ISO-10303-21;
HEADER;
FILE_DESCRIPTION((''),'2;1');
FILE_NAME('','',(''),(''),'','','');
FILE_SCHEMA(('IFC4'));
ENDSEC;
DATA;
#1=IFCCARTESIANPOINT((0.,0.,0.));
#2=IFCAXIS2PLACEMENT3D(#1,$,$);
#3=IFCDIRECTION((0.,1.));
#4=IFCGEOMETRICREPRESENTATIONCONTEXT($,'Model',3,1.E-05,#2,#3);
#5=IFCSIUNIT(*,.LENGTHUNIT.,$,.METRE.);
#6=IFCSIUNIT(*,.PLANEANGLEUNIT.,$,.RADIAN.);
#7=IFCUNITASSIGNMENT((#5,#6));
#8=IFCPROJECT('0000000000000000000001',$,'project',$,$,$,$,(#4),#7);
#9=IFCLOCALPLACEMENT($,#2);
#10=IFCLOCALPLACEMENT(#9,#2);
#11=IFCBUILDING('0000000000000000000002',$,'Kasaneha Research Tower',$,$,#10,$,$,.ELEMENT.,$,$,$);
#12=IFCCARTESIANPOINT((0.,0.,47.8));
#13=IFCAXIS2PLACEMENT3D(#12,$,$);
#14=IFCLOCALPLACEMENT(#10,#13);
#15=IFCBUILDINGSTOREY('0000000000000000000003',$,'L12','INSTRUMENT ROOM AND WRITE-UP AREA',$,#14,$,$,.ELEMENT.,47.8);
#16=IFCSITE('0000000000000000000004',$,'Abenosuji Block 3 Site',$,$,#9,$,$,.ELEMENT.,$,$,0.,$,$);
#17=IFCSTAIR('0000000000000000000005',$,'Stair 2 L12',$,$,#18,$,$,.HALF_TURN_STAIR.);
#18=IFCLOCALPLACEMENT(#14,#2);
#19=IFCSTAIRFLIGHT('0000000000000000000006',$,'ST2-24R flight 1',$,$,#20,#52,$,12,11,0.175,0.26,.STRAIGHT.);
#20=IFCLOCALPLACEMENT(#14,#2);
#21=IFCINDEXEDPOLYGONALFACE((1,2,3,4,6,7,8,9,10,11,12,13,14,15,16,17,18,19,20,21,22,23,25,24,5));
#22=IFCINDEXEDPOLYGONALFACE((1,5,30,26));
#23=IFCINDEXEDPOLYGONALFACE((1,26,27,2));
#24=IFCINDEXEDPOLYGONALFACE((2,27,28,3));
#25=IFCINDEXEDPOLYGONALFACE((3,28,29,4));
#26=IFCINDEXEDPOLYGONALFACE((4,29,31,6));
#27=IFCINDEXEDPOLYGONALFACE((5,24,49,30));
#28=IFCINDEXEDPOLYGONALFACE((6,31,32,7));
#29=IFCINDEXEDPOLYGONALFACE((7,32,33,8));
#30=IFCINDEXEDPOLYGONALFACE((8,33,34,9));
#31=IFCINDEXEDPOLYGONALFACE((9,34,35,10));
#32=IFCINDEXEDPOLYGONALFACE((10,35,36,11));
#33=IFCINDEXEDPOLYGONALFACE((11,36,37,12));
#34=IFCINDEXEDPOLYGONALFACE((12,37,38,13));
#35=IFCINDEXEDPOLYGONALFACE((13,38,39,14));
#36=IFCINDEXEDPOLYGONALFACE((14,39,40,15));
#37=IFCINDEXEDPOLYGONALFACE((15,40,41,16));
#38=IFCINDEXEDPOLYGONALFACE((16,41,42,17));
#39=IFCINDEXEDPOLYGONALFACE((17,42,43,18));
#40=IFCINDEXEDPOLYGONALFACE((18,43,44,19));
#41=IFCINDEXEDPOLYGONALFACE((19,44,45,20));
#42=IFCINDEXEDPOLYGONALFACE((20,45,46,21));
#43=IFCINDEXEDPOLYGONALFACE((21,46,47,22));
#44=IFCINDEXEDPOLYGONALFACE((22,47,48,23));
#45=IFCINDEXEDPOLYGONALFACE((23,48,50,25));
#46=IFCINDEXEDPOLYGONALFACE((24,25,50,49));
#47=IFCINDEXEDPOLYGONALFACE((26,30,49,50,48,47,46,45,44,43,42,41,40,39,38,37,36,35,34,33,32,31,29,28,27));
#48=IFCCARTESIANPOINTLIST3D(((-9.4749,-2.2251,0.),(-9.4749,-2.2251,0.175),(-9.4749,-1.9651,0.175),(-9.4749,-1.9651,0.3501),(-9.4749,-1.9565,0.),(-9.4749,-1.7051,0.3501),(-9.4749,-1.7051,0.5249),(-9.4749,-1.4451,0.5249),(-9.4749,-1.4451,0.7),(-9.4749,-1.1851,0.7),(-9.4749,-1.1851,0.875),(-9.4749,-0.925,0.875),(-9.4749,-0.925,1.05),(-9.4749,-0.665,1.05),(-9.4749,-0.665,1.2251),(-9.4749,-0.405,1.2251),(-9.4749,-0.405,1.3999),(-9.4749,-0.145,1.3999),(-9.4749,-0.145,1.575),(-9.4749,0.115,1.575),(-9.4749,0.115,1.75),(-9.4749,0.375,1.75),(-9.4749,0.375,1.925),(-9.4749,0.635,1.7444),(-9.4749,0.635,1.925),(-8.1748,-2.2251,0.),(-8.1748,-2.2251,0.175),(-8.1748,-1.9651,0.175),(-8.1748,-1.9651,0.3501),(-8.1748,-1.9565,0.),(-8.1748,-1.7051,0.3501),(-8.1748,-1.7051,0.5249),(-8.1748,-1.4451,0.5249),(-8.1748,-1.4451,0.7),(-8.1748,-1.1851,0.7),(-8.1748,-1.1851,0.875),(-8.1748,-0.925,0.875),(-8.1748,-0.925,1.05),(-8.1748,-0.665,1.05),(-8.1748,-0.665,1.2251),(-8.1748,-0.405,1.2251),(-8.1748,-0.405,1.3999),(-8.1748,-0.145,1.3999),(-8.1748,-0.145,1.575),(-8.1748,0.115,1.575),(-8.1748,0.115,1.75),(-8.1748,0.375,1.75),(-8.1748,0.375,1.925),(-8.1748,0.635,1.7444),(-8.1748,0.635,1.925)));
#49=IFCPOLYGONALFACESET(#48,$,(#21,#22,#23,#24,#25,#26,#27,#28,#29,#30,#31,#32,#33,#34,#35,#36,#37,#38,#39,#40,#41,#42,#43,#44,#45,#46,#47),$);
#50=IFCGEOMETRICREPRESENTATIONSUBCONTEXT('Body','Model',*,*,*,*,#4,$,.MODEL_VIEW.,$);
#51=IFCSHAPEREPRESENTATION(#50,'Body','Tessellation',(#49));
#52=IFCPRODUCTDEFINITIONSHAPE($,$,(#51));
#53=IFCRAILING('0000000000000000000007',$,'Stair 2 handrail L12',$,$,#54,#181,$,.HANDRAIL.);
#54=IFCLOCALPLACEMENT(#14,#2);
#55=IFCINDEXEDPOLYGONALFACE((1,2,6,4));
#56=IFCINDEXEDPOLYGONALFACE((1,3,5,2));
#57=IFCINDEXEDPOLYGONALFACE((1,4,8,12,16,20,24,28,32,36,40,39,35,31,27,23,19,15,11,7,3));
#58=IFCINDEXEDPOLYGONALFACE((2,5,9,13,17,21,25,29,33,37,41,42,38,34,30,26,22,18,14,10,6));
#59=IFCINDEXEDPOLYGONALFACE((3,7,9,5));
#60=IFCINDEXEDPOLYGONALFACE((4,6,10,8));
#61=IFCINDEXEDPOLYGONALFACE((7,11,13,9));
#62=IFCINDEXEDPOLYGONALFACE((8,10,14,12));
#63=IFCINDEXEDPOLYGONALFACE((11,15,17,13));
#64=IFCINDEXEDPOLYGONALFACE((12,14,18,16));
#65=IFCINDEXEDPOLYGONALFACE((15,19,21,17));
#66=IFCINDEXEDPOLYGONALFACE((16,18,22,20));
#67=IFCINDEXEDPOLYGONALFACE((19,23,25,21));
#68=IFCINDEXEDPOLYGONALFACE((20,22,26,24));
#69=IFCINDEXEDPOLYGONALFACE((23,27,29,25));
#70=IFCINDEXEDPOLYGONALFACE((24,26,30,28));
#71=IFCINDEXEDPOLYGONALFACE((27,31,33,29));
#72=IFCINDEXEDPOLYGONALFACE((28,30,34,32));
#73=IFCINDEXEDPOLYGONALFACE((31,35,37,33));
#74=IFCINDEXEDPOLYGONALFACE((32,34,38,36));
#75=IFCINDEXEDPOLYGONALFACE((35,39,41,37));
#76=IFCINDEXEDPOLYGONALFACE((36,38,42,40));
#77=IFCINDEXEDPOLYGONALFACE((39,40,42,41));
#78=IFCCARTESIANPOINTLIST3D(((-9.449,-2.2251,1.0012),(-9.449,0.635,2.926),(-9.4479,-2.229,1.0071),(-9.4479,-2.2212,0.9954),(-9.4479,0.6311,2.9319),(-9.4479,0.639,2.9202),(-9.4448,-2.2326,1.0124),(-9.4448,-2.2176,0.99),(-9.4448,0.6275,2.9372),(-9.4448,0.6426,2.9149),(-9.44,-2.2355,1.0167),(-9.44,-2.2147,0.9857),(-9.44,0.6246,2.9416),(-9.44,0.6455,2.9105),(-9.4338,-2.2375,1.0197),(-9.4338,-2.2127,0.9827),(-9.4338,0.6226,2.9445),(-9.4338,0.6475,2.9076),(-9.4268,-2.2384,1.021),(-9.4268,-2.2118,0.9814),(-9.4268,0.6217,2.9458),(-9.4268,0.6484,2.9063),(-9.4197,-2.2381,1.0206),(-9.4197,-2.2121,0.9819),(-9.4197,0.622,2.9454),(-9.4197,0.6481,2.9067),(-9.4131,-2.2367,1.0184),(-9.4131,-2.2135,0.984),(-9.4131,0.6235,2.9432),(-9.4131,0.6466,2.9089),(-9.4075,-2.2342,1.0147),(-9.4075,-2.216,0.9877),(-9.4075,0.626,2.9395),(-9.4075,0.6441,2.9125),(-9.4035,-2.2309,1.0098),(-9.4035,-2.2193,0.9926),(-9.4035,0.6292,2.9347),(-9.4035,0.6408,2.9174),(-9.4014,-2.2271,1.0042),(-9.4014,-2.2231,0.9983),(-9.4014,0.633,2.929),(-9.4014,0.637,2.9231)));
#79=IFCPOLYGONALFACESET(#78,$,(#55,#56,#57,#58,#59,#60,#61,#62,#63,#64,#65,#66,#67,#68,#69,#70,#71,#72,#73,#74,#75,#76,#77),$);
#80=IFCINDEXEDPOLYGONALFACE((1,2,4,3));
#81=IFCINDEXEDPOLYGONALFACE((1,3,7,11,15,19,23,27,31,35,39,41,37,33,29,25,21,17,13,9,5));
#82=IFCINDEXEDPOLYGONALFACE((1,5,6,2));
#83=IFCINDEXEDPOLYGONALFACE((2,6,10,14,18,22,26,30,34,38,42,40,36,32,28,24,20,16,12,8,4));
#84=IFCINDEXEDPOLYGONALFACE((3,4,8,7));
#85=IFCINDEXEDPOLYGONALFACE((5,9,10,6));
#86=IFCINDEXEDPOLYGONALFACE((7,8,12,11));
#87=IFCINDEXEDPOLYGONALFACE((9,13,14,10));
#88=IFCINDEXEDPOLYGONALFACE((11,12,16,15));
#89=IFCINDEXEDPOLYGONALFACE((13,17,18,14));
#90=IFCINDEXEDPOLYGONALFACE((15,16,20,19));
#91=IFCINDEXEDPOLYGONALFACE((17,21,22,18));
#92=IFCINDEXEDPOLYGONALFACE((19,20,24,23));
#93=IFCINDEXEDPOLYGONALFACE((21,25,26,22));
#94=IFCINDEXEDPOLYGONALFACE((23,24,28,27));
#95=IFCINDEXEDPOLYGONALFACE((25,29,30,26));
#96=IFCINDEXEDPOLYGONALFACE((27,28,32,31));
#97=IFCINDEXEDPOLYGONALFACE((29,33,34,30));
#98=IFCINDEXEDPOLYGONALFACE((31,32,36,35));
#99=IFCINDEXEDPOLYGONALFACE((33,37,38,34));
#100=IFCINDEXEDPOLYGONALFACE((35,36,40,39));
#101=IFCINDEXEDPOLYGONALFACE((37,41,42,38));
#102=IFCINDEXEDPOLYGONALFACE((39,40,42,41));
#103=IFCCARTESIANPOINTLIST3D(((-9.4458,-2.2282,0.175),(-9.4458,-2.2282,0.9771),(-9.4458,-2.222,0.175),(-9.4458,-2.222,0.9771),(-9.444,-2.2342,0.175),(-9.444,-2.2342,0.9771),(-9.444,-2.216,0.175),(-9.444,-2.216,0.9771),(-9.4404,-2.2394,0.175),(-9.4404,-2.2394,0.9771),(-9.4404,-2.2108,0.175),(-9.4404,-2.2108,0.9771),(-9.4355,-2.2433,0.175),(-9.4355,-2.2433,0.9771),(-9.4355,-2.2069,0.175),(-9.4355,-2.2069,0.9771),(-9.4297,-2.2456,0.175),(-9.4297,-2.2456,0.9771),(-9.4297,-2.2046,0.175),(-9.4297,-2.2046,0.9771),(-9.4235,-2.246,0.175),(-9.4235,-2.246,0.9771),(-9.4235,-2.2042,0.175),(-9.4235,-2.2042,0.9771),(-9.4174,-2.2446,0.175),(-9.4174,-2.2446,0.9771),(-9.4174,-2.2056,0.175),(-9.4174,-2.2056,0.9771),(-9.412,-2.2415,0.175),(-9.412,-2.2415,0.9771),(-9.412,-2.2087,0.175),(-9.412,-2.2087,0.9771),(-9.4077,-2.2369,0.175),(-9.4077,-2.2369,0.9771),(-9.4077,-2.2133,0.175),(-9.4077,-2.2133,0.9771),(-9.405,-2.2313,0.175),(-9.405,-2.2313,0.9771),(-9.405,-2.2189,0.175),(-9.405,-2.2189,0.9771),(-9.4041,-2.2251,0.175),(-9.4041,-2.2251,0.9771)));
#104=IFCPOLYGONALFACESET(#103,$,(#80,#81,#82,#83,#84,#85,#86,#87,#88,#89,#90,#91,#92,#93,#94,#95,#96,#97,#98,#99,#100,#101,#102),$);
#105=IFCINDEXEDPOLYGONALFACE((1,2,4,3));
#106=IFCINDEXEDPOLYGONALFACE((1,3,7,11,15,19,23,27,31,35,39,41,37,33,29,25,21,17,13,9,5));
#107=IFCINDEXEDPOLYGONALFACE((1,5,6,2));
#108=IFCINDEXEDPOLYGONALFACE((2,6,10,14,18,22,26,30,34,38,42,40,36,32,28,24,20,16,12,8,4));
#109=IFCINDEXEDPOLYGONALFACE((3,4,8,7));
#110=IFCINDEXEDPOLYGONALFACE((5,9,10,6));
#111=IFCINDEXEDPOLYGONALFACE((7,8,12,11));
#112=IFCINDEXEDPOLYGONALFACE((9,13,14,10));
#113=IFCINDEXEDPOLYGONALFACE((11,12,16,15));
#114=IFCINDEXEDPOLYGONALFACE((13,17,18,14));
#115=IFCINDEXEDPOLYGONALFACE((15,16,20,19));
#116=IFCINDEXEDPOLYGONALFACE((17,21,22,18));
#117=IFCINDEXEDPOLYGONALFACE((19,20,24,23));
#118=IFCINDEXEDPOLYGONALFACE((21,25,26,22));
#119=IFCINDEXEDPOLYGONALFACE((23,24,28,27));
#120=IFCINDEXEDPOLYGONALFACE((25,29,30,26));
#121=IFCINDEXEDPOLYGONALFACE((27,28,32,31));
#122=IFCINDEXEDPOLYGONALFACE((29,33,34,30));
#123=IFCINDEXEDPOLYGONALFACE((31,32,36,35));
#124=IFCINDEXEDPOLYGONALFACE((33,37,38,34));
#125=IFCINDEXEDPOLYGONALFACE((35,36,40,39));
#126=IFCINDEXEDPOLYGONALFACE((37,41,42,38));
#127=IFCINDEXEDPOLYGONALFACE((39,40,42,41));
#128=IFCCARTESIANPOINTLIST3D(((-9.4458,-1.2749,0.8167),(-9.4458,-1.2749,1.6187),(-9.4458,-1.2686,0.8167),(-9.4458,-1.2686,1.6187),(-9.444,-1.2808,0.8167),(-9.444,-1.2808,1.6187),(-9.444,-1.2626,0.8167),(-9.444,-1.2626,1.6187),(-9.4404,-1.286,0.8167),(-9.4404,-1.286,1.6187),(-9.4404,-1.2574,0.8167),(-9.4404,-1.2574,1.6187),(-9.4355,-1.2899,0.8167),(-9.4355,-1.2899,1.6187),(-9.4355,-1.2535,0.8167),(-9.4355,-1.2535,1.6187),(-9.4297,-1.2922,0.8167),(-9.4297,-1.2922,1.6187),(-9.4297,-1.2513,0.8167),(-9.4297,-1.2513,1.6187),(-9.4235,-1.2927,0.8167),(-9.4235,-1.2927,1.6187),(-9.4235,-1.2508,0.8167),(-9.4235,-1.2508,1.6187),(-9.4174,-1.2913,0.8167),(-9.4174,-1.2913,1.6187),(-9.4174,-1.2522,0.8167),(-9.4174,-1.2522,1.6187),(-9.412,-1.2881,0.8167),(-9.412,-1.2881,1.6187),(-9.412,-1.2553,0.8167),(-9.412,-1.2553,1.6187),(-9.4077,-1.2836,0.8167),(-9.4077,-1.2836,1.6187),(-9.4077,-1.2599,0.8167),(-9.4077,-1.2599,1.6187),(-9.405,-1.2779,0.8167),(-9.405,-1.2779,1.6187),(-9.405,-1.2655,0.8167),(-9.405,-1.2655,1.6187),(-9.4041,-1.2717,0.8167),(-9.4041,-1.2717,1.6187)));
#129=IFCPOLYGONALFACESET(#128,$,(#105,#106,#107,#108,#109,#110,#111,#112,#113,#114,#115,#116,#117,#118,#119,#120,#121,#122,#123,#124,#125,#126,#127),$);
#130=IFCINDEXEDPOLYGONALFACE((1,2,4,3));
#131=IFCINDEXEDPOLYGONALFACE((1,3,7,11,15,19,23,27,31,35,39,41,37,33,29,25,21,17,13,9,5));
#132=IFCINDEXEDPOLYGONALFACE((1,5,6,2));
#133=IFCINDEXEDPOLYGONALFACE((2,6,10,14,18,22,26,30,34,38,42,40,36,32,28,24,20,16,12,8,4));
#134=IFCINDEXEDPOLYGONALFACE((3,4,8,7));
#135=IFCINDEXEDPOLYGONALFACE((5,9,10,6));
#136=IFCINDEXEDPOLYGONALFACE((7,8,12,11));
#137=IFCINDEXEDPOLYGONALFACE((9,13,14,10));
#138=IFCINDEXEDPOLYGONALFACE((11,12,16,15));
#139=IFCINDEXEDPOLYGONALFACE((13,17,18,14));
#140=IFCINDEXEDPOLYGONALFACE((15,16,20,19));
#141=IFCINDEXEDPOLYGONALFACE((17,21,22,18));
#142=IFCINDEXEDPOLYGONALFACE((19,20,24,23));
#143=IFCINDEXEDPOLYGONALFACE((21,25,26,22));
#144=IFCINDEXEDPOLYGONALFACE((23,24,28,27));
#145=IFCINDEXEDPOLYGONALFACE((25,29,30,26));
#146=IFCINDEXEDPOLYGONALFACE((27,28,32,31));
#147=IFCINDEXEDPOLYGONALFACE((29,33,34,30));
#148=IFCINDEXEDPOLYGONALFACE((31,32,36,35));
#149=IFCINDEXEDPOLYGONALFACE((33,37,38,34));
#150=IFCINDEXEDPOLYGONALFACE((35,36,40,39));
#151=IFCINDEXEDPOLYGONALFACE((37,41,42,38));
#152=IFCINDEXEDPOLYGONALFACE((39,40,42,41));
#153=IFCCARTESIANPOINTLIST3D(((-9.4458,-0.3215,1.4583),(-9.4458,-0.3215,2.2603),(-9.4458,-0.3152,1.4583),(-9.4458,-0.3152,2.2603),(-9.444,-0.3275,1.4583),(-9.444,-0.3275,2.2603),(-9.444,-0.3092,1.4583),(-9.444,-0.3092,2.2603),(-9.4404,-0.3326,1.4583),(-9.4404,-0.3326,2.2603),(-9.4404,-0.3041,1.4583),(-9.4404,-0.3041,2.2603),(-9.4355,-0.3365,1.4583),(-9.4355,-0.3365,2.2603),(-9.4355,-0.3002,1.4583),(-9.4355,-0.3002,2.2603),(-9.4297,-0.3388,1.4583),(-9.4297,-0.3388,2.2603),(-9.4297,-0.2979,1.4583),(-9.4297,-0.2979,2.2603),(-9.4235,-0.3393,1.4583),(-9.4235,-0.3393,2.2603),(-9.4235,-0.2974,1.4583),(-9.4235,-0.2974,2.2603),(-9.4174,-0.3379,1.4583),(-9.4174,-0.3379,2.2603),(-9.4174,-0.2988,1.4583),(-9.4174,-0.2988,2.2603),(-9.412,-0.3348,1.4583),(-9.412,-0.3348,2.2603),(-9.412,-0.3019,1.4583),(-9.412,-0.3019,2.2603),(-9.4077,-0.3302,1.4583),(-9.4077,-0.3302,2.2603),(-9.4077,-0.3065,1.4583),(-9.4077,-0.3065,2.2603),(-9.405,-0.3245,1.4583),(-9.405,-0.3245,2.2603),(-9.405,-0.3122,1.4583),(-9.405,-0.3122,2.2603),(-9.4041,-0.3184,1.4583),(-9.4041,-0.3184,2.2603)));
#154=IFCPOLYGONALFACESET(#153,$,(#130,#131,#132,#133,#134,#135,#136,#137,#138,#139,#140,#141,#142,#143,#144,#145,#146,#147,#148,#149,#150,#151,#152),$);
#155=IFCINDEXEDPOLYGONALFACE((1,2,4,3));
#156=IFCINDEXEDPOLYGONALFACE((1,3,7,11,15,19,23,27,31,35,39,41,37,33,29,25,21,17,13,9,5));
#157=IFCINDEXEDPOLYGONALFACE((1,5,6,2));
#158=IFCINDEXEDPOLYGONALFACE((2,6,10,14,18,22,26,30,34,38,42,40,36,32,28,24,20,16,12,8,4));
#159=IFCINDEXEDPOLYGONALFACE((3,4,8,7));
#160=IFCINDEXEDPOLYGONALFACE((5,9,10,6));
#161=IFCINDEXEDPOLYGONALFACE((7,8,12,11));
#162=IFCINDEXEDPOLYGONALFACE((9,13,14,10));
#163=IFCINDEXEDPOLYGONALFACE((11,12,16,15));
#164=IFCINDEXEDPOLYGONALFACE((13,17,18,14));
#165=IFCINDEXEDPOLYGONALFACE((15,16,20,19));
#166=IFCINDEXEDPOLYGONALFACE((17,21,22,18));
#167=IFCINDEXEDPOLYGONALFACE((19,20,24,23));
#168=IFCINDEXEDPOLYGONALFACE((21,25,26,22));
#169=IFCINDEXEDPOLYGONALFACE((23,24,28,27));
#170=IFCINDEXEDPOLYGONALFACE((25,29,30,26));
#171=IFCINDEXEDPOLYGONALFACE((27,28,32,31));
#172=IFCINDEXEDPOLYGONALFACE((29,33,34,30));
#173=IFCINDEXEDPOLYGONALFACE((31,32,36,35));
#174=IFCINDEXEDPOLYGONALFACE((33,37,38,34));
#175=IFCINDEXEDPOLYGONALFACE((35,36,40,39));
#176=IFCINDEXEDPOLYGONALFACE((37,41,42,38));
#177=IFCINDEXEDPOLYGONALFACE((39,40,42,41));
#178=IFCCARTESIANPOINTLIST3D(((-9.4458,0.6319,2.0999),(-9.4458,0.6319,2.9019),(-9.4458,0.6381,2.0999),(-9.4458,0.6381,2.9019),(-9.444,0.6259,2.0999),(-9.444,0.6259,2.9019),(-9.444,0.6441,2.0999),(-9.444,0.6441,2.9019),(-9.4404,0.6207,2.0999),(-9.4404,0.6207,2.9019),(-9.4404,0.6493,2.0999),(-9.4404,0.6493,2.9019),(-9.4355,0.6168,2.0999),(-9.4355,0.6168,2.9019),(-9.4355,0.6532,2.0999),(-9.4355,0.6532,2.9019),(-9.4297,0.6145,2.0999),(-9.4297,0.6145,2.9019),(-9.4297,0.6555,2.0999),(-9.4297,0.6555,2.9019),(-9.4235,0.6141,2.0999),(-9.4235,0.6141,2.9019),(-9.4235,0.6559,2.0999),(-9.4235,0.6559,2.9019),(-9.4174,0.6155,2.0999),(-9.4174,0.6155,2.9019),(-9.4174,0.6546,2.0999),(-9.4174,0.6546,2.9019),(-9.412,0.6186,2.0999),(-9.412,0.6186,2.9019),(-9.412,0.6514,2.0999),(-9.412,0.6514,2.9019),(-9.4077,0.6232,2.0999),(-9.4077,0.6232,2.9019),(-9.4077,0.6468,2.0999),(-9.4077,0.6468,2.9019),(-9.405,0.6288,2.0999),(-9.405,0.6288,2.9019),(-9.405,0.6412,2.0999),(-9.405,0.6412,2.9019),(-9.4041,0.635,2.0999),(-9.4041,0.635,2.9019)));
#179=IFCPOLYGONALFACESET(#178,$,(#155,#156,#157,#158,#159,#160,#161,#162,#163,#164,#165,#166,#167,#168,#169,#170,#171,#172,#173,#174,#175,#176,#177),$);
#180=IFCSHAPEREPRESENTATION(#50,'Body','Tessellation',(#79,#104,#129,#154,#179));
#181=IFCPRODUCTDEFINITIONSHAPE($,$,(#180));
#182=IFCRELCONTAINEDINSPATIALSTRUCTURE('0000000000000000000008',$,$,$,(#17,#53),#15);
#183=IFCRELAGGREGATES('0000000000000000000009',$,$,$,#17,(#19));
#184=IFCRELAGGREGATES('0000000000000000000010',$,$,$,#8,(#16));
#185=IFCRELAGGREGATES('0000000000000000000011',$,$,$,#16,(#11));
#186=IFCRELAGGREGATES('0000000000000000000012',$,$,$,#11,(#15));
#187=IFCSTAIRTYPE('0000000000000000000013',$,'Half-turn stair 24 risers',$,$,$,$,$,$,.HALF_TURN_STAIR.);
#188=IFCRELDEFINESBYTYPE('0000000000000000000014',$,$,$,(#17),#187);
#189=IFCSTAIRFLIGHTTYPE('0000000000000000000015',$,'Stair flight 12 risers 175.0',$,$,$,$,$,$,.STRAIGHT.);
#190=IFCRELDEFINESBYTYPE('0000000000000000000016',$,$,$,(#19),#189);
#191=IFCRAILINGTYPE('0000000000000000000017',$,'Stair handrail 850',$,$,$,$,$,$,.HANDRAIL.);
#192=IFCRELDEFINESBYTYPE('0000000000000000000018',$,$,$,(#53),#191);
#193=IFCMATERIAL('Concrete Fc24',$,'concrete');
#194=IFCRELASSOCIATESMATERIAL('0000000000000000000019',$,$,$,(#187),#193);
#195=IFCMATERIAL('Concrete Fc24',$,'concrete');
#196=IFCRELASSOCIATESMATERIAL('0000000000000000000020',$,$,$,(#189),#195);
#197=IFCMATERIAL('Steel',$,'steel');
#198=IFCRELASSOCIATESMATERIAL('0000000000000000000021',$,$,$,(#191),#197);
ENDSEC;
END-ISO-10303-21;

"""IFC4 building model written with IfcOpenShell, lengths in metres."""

from ifc_helpers import new_model, si_unit, direction, frame, origin, origin_2d, place, context, subcontext, project, spatial, polyline, circle, outline, extrude, material, type_object, element, aggregate, save


model = new_model("IFC4")

# Units and contexts
model_context = context("Model", 3, precision=1e-05, world=origin(), true_north=direction((0.0, 1.0)))
body_context = subcontext(model_context, "Body", "Model", "MODEL_VIEW")
ifc_project = project(units=[si_unit("LENGTHUNIT", "METRE"), si_unit("PLANEANGLEUNIT", "RADIAN")], contexts=[model_context])

# Site, building, storey
site_placement = place(None, origin())
site = spatial("IfcSite", under=ifc_project, at=site_placement, Name="Abenosuji Block 3 Site", CompositionType="ELEMENT", RefElevation=0.0)
building_placement = place(site_placement, origin())
building = spatial("IfcBuilding", under=site, at=building_placement, Name="Kasaneha Research Tower", CompositionType="ELEMENT")
storey_placement = place(building_placement, frame((0.0, 0.0, 47.8)))
storey = spatial("IfcBuildingStorey", under=building, at=storey_placement, Name="L12", Description="INSTRUMENT ROOM AND WRITE-UP AREA", CompositionType="ELEMENT", Elevation=47.8)

# Stair, stair flight
ifc_material_1 = material(Name="Concrete Fc24", Category="concrete")
stair_type = type_object("IfcStairType", Name="Half-turn stair 24 risers", PredefinedType="HALF_TURN_STAIR", material=ifc_material_1)
stair_placement = place(storey_placement, origin())
stair = element("IfcStair", 1, at=stair_placement, inside=storey, type_object=stair_type, Name="Stair 2 L12", PredefinedType="HALF_TURN_STAIR")
ifc_material_2 = material(Name="Concrete Fc24", Category="concrete")
stair_flight_type = type_object("IfcStairFlightType", Name="Stair flight 12 risers 175.0", PredefinedType="STRAIGHT", material=ifc_material_2)
stair_flight_placement = place(storey_placement, frame((-8.825, -2.2251, 0.0), z_axis=(0.0, 0.0, 1.0), x_axis=(0.0, 1.0, 0.0)))
stair_flight = element("IfcStairFlight", 2, at=stair_flight_placement, type_object=stair_flight_type, Name="ST2-24R flight 1", NumberOfRisers=12, NumberOfTreads=11, PredefinedType="STRAIGHT", RiserHeight=0.175, TreadLength=0.26, context=body_context, shape_type="SweptSolid", body=[
    extrude(outline(polyline([(0.0, 0.0), (0.0, 0.175), (0.26, 0.175), (0.26, 0.3501), (0.52, 0.3501), (0.52, 0.5249), (0.78, 0.5249), (0.78, 0.7), (1.04, 0.7), (1.04, 0.875), (1.3, 0.875), (1.3, 1.05), (1.5601, 1.05), (1.5601, 1.2251), (1.8201, 1.2251), (1.8201, 1.3999), (2.0801, 1.3999), (2.0801, 1.575), (2.3401, 1.575), (2.3401, 1.75), (2.6001, 1.75), (2.6001, 1.925), (2.8601, 1.925), (2.8601, 2.1001), (2.8601, 1.7444), (0.2686, 0.0), (0.0, 0.0)])), frame((0.0, 0.6499, 0.0), z_axis=(0.0, -1.0, 0.0), x_axis=(1.0, 0.0, 0.0)), (0.0, 0.0, 1.0), 1.3),
])
aggregate(stair, [stair_flight])

# Railing
ifc_material_3 = material(Name="Steel", Category="steel")
railing_type = type_object("IfcRailingType", Name="Stair handrail 850", PredefinedType="HANDRAIL", material=ifc_material_3)
railing_placement = place(storey_placement, frame((-9.425, -2.2251, 0.175)))
element("IfcRailing", 3, at=railing_placement, inside=storey, type_object=railing_type, Name="Stair 2 handrail L12", PredefinedType="HANDRAIL", context=body_context, shape_type="SweptSolid", body=[
    extrude(circle(Radius=0.0239, at=origin_2d()), frame((0.0, 0.0, 0.8262), z_axis=(0.0, 0.829624, 0.558323), x_axis=(-1.0, 0.0, 0.0)), (0.0, 0.0, 1.0), 3.4475),
    extrude(circle(Radius=0.021, at=origin_2d()), origin(), (0.0, 0.0, 1.0), 0.802),
    extrude(circle(Radius=0.021, at=origin_2d()), frame((0.0, 0.9534, 0.6416)), (0.0, 0.0, 1.0), 0.802),
    extrude(circle(Radius=0.021, at=origin_2d()), frame((0.0, 1.9067, 1.2832)), (0.0, 0.0, 1.0), 0.802),
    extrude(circle(Radius=0.021, at=origin_2d()), frame((0.0, 2.8601, 1.9248)), (0.0, 0.0, 1.0), 0.802),
])

save(model, "model.ifc")
